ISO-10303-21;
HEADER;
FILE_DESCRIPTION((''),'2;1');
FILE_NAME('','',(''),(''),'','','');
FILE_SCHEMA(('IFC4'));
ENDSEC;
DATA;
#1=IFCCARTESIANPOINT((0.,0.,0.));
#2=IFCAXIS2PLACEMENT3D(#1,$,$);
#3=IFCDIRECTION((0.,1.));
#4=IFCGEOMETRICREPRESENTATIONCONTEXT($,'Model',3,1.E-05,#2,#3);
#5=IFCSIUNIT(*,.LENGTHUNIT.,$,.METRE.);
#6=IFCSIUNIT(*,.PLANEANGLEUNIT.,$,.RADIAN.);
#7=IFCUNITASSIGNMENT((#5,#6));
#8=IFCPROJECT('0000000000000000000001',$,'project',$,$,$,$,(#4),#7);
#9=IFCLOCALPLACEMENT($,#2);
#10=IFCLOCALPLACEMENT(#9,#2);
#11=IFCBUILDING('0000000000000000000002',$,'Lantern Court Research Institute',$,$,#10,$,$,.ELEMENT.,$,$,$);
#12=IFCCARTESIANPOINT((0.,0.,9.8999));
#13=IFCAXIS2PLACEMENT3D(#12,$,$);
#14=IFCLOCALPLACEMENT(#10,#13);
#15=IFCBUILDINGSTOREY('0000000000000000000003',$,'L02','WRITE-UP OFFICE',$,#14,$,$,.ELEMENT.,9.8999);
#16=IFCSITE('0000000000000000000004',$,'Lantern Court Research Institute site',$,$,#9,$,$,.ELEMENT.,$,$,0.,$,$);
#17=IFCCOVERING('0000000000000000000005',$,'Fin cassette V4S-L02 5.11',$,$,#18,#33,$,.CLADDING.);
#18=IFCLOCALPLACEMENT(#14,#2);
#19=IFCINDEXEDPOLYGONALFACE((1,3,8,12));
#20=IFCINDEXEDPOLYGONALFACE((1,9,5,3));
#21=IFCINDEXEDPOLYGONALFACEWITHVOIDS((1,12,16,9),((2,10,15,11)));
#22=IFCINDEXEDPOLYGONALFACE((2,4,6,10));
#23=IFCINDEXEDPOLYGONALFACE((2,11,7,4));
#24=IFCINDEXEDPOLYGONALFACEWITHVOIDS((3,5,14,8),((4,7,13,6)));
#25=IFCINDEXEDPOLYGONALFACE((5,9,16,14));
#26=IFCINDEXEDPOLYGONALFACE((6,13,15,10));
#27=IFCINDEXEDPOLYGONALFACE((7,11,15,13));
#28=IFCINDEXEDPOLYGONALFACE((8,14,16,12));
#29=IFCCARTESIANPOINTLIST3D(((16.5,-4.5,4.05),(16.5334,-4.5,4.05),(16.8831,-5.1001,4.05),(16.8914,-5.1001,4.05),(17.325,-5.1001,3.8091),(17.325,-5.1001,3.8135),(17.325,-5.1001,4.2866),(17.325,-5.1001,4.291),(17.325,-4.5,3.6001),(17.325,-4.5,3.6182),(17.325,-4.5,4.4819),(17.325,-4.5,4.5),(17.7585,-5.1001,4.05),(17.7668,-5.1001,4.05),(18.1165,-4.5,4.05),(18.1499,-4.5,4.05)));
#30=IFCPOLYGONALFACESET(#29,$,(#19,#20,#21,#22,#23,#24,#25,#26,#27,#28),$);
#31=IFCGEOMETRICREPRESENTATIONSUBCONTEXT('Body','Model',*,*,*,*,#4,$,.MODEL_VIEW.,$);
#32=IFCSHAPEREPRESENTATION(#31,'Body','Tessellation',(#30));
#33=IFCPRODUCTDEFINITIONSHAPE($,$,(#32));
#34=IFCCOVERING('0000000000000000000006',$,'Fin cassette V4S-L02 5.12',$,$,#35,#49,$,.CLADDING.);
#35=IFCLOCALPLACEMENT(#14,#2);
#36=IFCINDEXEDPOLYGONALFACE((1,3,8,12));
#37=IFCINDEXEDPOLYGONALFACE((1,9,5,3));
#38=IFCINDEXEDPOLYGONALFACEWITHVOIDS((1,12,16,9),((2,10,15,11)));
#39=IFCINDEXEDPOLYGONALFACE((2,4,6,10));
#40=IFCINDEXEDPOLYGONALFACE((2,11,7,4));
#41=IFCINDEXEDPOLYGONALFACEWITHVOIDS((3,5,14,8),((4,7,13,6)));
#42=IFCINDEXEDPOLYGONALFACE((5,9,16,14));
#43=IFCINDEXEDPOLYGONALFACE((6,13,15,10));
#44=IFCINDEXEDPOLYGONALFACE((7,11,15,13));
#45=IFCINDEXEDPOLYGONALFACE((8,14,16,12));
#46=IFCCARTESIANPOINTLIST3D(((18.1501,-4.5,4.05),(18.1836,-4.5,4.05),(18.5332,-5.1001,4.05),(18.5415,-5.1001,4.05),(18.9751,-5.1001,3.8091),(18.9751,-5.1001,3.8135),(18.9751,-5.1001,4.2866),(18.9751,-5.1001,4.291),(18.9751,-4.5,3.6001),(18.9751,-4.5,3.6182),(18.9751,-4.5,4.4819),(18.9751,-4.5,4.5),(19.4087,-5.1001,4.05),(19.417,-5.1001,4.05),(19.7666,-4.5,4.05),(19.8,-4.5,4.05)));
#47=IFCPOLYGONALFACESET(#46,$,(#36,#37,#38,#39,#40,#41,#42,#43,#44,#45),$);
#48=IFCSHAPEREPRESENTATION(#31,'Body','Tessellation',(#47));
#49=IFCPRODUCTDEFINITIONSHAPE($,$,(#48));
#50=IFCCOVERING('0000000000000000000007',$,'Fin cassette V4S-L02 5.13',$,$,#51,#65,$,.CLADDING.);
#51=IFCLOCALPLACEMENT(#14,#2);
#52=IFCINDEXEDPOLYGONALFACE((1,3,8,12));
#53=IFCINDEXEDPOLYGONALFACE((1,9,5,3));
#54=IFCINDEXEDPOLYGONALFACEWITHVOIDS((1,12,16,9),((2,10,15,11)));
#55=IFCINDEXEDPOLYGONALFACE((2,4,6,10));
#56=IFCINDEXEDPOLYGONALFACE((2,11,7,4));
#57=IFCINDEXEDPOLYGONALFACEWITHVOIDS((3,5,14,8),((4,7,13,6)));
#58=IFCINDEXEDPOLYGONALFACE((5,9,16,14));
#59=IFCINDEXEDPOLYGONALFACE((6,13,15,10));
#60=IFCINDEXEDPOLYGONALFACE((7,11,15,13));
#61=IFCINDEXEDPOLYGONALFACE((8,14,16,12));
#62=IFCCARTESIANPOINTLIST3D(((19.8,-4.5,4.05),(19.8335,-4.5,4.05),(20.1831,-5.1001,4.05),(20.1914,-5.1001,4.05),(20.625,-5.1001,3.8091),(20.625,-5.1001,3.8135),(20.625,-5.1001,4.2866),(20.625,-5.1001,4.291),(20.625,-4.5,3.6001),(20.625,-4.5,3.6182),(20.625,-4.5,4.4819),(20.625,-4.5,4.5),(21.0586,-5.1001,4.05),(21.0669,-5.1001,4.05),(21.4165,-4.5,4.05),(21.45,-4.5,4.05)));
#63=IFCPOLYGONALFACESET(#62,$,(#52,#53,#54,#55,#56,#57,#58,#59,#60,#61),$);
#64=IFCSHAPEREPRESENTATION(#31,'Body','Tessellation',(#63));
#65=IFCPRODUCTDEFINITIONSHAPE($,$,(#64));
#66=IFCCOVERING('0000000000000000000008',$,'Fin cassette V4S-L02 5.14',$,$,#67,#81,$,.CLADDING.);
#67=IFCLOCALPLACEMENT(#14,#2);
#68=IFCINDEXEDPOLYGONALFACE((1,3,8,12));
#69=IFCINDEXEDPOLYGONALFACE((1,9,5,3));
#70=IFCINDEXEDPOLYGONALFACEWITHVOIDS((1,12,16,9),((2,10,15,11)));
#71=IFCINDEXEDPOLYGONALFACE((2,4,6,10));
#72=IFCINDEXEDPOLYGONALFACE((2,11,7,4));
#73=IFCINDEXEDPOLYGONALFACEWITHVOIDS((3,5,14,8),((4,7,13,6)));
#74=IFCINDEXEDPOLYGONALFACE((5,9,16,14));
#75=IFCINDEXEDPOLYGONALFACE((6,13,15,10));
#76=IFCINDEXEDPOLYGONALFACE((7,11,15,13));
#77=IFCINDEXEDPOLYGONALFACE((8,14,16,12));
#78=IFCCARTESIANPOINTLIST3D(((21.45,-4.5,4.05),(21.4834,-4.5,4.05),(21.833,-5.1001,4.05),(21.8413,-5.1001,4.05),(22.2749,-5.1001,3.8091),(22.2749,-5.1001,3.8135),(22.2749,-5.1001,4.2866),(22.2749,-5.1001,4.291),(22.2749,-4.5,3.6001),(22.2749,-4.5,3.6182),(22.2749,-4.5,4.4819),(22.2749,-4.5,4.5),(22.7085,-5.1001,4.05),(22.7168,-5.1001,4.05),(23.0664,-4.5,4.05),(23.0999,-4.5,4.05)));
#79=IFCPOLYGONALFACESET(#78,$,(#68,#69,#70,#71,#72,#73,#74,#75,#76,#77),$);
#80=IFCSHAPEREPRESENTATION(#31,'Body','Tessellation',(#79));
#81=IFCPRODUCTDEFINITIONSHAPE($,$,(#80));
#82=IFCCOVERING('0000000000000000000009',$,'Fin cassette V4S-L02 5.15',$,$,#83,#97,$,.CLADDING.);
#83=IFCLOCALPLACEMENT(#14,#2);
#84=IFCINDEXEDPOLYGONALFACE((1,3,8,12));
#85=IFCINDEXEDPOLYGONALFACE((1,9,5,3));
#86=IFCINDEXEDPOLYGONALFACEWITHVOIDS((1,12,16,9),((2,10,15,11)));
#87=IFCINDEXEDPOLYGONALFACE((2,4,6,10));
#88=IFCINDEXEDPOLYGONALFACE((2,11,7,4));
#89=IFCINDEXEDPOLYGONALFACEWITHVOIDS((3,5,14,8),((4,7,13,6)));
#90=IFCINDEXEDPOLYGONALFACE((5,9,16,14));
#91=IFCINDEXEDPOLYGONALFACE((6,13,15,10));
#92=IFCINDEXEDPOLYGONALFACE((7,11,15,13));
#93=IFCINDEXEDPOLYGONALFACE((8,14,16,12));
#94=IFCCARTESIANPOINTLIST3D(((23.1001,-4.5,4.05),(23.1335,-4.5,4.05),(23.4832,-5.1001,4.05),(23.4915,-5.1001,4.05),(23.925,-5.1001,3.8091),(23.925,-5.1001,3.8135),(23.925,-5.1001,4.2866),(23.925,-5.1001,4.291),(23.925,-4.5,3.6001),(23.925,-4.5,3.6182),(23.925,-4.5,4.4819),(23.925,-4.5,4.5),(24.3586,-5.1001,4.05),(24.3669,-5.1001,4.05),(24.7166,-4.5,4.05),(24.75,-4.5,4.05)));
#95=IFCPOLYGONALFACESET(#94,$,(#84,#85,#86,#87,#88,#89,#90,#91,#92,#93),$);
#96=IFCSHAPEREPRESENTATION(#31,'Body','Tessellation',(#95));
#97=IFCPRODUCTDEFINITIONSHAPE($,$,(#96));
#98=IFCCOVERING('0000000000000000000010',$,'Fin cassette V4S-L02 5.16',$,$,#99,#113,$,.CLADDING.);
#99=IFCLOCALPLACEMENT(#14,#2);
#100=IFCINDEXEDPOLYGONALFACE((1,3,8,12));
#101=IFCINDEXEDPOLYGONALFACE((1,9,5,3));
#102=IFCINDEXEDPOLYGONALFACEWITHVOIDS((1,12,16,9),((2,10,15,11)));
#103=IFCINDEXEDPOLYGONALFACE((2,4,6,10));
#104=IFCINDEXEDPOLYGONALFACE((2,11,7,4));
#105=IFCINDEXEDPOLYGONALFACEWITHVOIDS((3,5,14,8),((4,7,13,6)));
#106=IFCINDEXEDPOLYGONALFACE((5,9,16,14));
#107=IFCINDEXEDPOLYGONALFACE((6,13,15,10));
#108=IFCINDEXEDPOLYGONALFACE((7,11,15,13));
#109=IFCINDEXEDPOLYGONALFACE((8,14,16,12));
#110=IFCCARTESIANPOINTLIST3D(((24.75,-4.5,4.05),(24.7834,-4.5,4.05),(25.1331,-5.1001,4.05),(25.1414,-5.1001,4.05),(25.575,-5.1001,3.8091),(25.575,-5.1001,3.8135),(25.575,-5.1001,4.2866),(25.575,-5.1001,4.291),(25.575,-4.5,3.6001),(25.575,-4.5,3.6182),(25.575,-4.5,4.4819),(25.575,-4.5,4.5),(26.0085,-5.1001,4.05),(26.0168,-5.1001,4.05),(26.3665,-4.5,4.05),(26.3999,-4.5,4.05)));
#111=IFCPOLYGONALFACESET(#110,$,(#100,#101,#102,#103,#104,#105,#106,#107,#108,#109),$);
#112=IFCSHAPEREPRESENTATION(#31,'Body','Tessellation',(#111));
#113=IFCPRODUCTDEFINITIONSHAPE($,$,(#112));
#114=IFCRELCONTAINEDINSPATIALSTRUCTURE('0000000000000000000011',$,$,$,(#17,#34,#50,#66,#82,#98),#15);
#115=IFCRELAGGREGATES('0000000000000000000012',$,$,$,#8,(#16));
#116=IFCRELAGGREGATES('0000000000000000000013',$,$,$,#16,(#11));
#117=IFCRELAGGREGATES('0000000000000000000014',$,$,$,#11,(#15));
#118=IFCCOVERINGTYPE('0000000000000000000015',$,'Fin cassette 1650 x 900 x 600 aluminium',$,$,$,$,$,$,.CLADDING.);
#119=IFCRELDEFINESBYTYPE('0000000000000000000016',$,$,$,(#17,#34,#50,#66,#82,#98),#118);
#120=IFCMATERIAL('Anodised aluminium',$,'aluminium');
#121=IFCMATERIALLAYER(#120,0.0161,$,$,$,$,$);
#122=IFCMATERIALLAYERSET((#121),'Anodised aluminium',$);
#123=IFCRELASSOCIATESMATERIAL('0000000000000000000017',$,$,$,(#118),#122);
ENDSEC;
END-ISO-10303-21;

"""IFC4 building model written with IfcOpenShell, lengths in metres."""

from ifc_helpers import new_model, entity, si_unit, direction, frame, origin, place, context, subcontext, project, spatial, material, layer, layer_set, type_object, element, save


model = new_model("IFC4")

# Units and contexts
model_context = context("Model", 3, precision=1e-05, world=origin(), true_north=direction((0.0, 1.0)))
body_context = subcontext(model_context, "Body", "Model", "MODEL_VIEW")
ifc_project = project(units=[si_unit("LENGTHUNIT", "METRE"), si_unit("PLANEANGLEUNIT", "RADIAN")], contexts=[model_context])

# Site, building, storey
site_placement = place(None, origin())
site = spatial("IfcSite", under=ifc_project, at=site_placement, Name="Lantern Court Research Institute site", CompositionType="ELEMENT", RefElevation=0.0)
building_placement = place(site_placement, origin())
building = spatial("IfcBuilding", under=site, at=building_placement, Name="Lantern Court Research Institute", CompositionType="ELEMENT")
storey_placement = place(building_placement, frame((0.0, 0.0, 9.8999)))
storey = spatial("IfcBuildingStorey", under=building, at=storey_placement, Name="L02", Description="WRITE-UP OFFICE", CompositionType="ELEMENT", Elevation=9.8999)

# Coverings
ifc_material_1 = material(Name="Anodised aluminium", Category="aluminium")
ifc_layer_1 = layer(ifc_material_1, 0.0161)
ifc_layer_set_1 = layer_set([ifc_layer_1], Name="Anodised aluminium")
covering_type = type_object("IfcCoveringType", Name="Fin cassette 1650 x 900 x 600 aluminium", PredefinedType="CLADDING", material=ifc_layer_set_1)
covering_1_placement = place(storey_placement, frame((17.325, -4.5, 4.05), z_axis=(0.0, -1.0, 0.0), x_axis=(1.0, 0.0, 0.0)))
cartesian_point_1 = entity("IfcCartesianPoint", [0.825, 0.0])
cartesian_point_2 = entity("IfcCartesianPoint", [0.7915, 0.0])
cartesian_point_3 = entity("IfcCartesianPoint", [0.4419, 0.0])
cartesian_point_4 = entity("IfcCartesianPoint", [0.4336, 0.0])
element("IfcCovering", 1, at=covering_1_placement, inside=storey, type_object=covering_type, Name="Fin cassette V4S-L02 5.11", PredefinedType="CLADDING", context=body_context, shape_type="SweptSolid", body=[
    entity("IfcExtrudedAreaSolidTapered", entity("IfcArbitraryProfileDefWithVoids", "AREA", None, entity("IfcPolyline", [cartesian_point_1, entity("IfcCartesianPoint", [0.0, 0.45]), entity("IfcCartesianPoint", [-0.825, 0.0]), entity("IfcCartesianPoint", [0.0, -0.45]), cartesian_point_1]), [entity("IfcPolyline", [cartesian_point_2, entity("IfcCartesianPoint", [0.0, 0.4319]), entity("IfcCartesianPoint", [-0.7915, 0.0]), entity("IfcCartesianPoint", [0.0, -0.4319]), cartesian_point_2])]), entity("IfcAxis2Placement3D", entity("IfcCartesianPoint", [0.0, 0.0, 0.0])), entity("IfcDirection", [0.0, 0.0, 1.0]), 0.6001, entity("IfcArbitraryProfileDefWithVoids", "AREA", None, entity("IfcPolyline", [cartesian_point_3, entity("IfcCartesianPoint", [0.0, 0.241]), entity("IfcCartesianPoint", [-0.4419, 0.0]), entity("IfcCartesianPoint", [0.0, -0.241]), cartesian_point_3]), [entity("IfcPolyline", [cartesian_point_4, entity("IfcCartesianPoint", [0.0, 0.2366]), entity("IfcCartesianPoint", [-0.4336, 0.0]), entity("IfcCartesianPoint", [0.0, -0.2366]), cartesian_point_4])])),
])
covering_2_placement = place(storey_placement, frame((18.9751, -4.5, 4.05), z_axis=(0.0, -1.0, 0.0), x_axis=(1.0, 0.0, 0.0)))
cartesian_point_5 = entity("IfcCartesianPoint", [0.825, 0.0])
cartesian_point_6 = entity("IfcCartesianPoint", [0.7915, 0.0])
cartesian_point_7 = entity("IfcCartesianPoint", [0.4419, 0.0])
cartesian_point_8 = entity("IfcCartesianPoint", [0.4336, 0.0])
element("IfcCovering", 2, at=covering_2_placement, inside=storey, type_object=covering_type, Name="Fin cassette V4S-L02 5.12", PredefinedType="CLADDING", context=body_context, shape_type="SweptSolid", body=[
    entity("IfcExtrudedAreaSolidTapered", entity("IfcArbitraryProfileDefWithVoids", "AREA", None, entity("IfcPolyline", [cartesian_point_5, entity("IfcCartesianPoint", [0.0, 0.45]), entity("IfcCartesianPoint", [-0.825, 0.0]), entity("IfcCartesianPoint", [0.0, -0.45]), cartesian_point_5]), [entity("IfcPolyline", [cartesian_point_6, entity("IfcCartesianPoint", [0.0, 0.4319]), entity("IfcCartesianPoint", [-0.7915, 0.0]), entity("IfcCartesianPoint", [0.0, -0.4319]), cartesian_point_6])]), entity("IfcAxis2Placement3D", entity("IfcCartesianPoint", [0.0, 0.0, 0.0])), entity("IfcDirection", [0.0, 0.0, 1.0]), 0.6001, entity("IfcArbitraryProfileDefWithVoids", "AREA", None, entity("IfcPolyline", [cartesian_point_7, entity("IfcCartesianPoint", [0.0, 0.241]), entity("IfcCartesianPoint", [-0.4419, 0.0]), entity("IfcCartesianPoint", [0.0, -0.241]), cartesian_point_7]), [entity("IfcPolyline", [cartesian_point_8, entity("IfcCartesianPoint", [0.0, 0.2366]), entity("IfcCartesianPoint", [-0.4336, 0.0]), entity("IfcCartesianPoint", [0.0, -0.2366]), cartesian_point_8])])),
])
covering_3_placement = place(storey_placement, frame((20.625, -4.5, 4.05), z_axis=(0.0, -1.0, 0.0), x_axis=(1.0, 0.0, 0.0)))
cartesian_point_9 = entity("IfcCartesianPoint", [0.825, 0.0])
cartesian_point_10 = entity("IfcCartesianPoint", [0.7915, 0.0])
cartesian_point_11 = entity("IfcCartesianPoint", [0.4419, 0.0])
cartesian_point_12 = entity("IfcCartesianPoint", [0.4336, 0.0])
element("IfcCovering", 3, at=covering_3_placement, inside=storey, type_object=covering_type, Name="Fin cassette V4S-L02 5.13", PredefinedType="CLADDING", context=body_context, shape_type="SweptSolid", body=[
    entity("IfcExtrudedAreaSolidTapered", entity("IfcArbitraryProfileDefWithVoids", "AREA", None, entity("IfcPolyline", [cartesian_point_9, entity("IfcCartesianPoint", [0.0, 0.45]), entity("IfcCartesianPoint", [-0.825, 0.0]), entity("IfcCartesianPoint", [0.0, -0.45]), cartesian_point_9]), [entity("IfcPolyline", [cartesian_point_10, entity("IfcCartesianPoint", [0.0, 0.4319]), entity("IfcCartesianPoint", [-0.7915, 0.0]), entity("IfcCartesianPoint", [0.0, -0.4319]), cartesian_point_10])]), entity("IfcAxis2Placement3D", entity("IfcCartesianPoint", [0.0, 0.0, 0.0])), entity("IfcDirection", [0.0, 0.0, 1.0]), 0.6001, entity("IfcArbitraryProfileDefWithVoids", "AREA", None, entity("IfcPolyline", [cartesian_point_11, entity("IfcCartesianPoint", [0.0, 0.241]), entity("IfcCartesianPoint", [-0.4419, 0.0]), entity("IfcCartesianPoint", [0.0, -0.241]), cartesian_point_11]), [entity("IfcPolyline", [cartesian_point_12, entity("IfcCartesianPoint", [0.0, 0.2366]), entity("IfcCartesianPoint", [-0.4336, 0.0]), entity("IfcCartesianPoint", [0.0, -0.2366]), cartesian_point_12])])),
])
covering_4_placement = place(storey_placement, frame((22.2749, -4.5, 4.05), z_axis=(0.0, -1.0, 0.0), x_axis=(1.0, 0.0, 0.0)))
cartesian_point_13 = entity("IfcCartesianPoint", [0.825, 0.0])
cartesian_point_14 = entity("IfcCartesianPoint", [0.7915, 0.0])
cartesian_point_15 = entity("IfcCartesianPoint", [0.4419, 0.0])
cartesian_point_16 = entity("IfcCartesianPoint", [0.4336, 0.0])
element("IfcCovering", 4, at=covering_4_placement, inside=storey, type_object=covering_type, Name="Fin cassette V4S-L02 5.14", PredefinedType="CLADDING", context=body_context, shape_type="SweptSolid", body=[
    entity("IfcExtrudedAreaSolidTapered", entity("IfcArbitraryProfileDefWithVoids", "AREA", None, entity("IfcPolyline", [cartesian_point_13, entity("IfcCartesianPoint", [0.0, 0.45]), entity("IfcCartesianPoint", [-0.825, 0.0]), entity("IfcCartesianPoint", [0.0, -0.45]), cartesian_point_13]), [entity("IfcPolyline", [cartesian_point_14, entity("IfcCartesianPoint", [0.0, 0.4319]), entity("IfcCartesianPoint", [-0.7915, 0.0]), entity("IfcCartesianPoint", [0.0, -0.4319]), cartesian_point_14])]), entity("IfcAxis2Placement3D", entity("IfcCartesianPoint", [0.0, 0.0, 0.0])), entity("IfcDirection", [0.0, 0.0, 1.0]), 0.6001, entity("IfcArbitraryProfileDefWithVoids", "AREA", None, entity("IfcPolyline", [cartesian_point_15, entity("IfcCartesianPoint", [0.0, 0.241]), entity("IfcCartesianPoint", [-0.4419, 0.0]), entity("IfcCartesianPoint", [0.0, -0.241]), cartesian_point_15]), [entity("IfcPolyline", [cartesian_point_16, entity("IfcCartesianPoint", [0.0, 0.2366]), entity("IfcCartesianPoint", [-0.4336, 0.0]), entity("IfcCartesianPoint", [0.0, -0.2366]), cartesian_point_16])])),
])
covering_5_placement = place(storey_placement, frame((23.925, -4.5, 4.05), z_axis=(0.0, -1.0, 0.0), x_axis=(1.0, 0.0, 0.0)))
cartesian_point_17 = entity("IfcCartesianPoint", [0.825, 0.0])
cartesian_point_18 = entity("IfcCartesianPoint", [0.7915, 0.0])
cartesian_point_19 = entity("IfcCartesianPoint", [0.4419, 0.0])
cartesian_point_20 = entity("IfcCartesianPoint", [0.4336, 0.0])
element("IfcCovering", 5, at=covering_5_placement, inside=storey, type_object=covering_type, Name="Fin cassette V4S-L02 5.15", PredefinedType="CLADDING", context=body_context, shape_type="SweptSolid", body=[
    entity("IfcExtrudedAreaSolidTapered", entity("IfcArbitraryProfileDefWithVoids", "AREA", None, entity("IfcPolyline", [cartesian_point_17, entity("IfcCartesianPoint", [0.0, 0.45]), entity("IfcCartesianPoint", [-0.825, 0.0]), entity("IfcCartesianPoint", [0.0, -0.45]), cartesian_point_17]), [entity("IfcPolyline", [cartesian_point_18, entity("IfcCartesianPoint", [0.0, 0.4319]), entity("IfcCartesianPoint", [-0.7915, 0.0]), entity("IfcCartesianPoint", [0.0, -0.4319]), cartesian_point_18])]), entity("IfcAxis2Placement3D", entity("IfcCartesianPoint", [0.0, 0.0, 0.0])), entity("IfcDirection", [0.0, 0.0, 1.0]), 0.6001, entity("IfcArbitraryProfileDefWithVoids", "AREA", None, entity("IfcPolyline", [cartesian_point_19, entity("IfcCartesianPoint", [0.0, 0.241]), entity("IfcCartesianPoint", [-0.4419, 0.0]), entity("IfcCartesianPoint", [0.0, -0.241]), cartesian_point_19]), [entity("IfcPolyline", [cartesian_point_20, entity("IfcCartesianPoint", [0.0, 0.2366]), entity("IfcCartesianPoint", [-0.4336, 0.0]), entity("IfcCartesianPoint", [0.0, -0.2366]), cartesian_point_20])])),
])
covering_6_placement = place(storey_placement, frame((25.575, -4.5, 4.05), z_axis=(0.0, -1.0, 0.0), x_axis=(1.0, 0.0, 0.0)))
cartesian_point_21 = entity("IfcCartesianPoint", [0.825, 0.0])
cartesian_point_22 = entity("IfcCartesianPoint", [0.7915, 0.0])
cartesian_point_23 = entity("IfcCartesianPoint", [0.4419, 0.0])
cartesian_point_24 = entity("IfcCartesianPoint", [0.4336, 0.0])
element("IfcCovering", 6, at=covering_6_placement, inside=storey, type_object=covering_type, Name="Fin cassette V4S-L02 5.16", PredefinedType="CLADDING", context=body_context, shape_type="SweptSolid", body=[
    entity("IfcExtrudedAreaSolidTapered", entity("IfcArbitraryProfileDefWithVoids", "AREA", None, entity("IfcPolyline", [cartesian_point_21, entity("IfcCartesianPoint", [0.0, 0.45]), entity("IfcCartesianPoint", [-0.825, 0.0]), entity("IfcCartesianPoint", [0.0, -0.45]), cartesian_point_21]), [entity("IfcPolyline", [cartesian_point_22, entity("IfcCartesianPoint", [0.0, 0.4319]), entity("IfcCartesianPoint", [-0.7915, 0.0]), entity("IfcCartesianPoint", [0.0, -0.4319]), cartesian_point_22])]), entity("IfcAxis2Placement3D", entity("IfcCartesianPoint", [0.0, 0.0, 0.0])), entity("IfcDirection", [0.0, 0.0, 1.0]), 0.6001, entity("IfcArbitraryProfileDefWithVoids", "AREA", None, entity("IfcPolyline", [cartesian_point_23, entity("IfcCartesianPoint", [0.0, 0.241]), entity("IfcCartesianPoint", [-0.4419, 0.0]), entity("IfcCartesianPoint", [0.0, -0.241]), cartesian_point_23]), [entity("IfcPolyline", [cartesian_point_24, entity("IfcCartesianPoint", [0.0, 0.2366]), entity("IfcCartesianPoint", [-0.4336, 0.0]), entity("IfcCartesianPoint", [0.0, -0.2366]), cartesian_point_24])])),
])

save(model, "model.ifc")
